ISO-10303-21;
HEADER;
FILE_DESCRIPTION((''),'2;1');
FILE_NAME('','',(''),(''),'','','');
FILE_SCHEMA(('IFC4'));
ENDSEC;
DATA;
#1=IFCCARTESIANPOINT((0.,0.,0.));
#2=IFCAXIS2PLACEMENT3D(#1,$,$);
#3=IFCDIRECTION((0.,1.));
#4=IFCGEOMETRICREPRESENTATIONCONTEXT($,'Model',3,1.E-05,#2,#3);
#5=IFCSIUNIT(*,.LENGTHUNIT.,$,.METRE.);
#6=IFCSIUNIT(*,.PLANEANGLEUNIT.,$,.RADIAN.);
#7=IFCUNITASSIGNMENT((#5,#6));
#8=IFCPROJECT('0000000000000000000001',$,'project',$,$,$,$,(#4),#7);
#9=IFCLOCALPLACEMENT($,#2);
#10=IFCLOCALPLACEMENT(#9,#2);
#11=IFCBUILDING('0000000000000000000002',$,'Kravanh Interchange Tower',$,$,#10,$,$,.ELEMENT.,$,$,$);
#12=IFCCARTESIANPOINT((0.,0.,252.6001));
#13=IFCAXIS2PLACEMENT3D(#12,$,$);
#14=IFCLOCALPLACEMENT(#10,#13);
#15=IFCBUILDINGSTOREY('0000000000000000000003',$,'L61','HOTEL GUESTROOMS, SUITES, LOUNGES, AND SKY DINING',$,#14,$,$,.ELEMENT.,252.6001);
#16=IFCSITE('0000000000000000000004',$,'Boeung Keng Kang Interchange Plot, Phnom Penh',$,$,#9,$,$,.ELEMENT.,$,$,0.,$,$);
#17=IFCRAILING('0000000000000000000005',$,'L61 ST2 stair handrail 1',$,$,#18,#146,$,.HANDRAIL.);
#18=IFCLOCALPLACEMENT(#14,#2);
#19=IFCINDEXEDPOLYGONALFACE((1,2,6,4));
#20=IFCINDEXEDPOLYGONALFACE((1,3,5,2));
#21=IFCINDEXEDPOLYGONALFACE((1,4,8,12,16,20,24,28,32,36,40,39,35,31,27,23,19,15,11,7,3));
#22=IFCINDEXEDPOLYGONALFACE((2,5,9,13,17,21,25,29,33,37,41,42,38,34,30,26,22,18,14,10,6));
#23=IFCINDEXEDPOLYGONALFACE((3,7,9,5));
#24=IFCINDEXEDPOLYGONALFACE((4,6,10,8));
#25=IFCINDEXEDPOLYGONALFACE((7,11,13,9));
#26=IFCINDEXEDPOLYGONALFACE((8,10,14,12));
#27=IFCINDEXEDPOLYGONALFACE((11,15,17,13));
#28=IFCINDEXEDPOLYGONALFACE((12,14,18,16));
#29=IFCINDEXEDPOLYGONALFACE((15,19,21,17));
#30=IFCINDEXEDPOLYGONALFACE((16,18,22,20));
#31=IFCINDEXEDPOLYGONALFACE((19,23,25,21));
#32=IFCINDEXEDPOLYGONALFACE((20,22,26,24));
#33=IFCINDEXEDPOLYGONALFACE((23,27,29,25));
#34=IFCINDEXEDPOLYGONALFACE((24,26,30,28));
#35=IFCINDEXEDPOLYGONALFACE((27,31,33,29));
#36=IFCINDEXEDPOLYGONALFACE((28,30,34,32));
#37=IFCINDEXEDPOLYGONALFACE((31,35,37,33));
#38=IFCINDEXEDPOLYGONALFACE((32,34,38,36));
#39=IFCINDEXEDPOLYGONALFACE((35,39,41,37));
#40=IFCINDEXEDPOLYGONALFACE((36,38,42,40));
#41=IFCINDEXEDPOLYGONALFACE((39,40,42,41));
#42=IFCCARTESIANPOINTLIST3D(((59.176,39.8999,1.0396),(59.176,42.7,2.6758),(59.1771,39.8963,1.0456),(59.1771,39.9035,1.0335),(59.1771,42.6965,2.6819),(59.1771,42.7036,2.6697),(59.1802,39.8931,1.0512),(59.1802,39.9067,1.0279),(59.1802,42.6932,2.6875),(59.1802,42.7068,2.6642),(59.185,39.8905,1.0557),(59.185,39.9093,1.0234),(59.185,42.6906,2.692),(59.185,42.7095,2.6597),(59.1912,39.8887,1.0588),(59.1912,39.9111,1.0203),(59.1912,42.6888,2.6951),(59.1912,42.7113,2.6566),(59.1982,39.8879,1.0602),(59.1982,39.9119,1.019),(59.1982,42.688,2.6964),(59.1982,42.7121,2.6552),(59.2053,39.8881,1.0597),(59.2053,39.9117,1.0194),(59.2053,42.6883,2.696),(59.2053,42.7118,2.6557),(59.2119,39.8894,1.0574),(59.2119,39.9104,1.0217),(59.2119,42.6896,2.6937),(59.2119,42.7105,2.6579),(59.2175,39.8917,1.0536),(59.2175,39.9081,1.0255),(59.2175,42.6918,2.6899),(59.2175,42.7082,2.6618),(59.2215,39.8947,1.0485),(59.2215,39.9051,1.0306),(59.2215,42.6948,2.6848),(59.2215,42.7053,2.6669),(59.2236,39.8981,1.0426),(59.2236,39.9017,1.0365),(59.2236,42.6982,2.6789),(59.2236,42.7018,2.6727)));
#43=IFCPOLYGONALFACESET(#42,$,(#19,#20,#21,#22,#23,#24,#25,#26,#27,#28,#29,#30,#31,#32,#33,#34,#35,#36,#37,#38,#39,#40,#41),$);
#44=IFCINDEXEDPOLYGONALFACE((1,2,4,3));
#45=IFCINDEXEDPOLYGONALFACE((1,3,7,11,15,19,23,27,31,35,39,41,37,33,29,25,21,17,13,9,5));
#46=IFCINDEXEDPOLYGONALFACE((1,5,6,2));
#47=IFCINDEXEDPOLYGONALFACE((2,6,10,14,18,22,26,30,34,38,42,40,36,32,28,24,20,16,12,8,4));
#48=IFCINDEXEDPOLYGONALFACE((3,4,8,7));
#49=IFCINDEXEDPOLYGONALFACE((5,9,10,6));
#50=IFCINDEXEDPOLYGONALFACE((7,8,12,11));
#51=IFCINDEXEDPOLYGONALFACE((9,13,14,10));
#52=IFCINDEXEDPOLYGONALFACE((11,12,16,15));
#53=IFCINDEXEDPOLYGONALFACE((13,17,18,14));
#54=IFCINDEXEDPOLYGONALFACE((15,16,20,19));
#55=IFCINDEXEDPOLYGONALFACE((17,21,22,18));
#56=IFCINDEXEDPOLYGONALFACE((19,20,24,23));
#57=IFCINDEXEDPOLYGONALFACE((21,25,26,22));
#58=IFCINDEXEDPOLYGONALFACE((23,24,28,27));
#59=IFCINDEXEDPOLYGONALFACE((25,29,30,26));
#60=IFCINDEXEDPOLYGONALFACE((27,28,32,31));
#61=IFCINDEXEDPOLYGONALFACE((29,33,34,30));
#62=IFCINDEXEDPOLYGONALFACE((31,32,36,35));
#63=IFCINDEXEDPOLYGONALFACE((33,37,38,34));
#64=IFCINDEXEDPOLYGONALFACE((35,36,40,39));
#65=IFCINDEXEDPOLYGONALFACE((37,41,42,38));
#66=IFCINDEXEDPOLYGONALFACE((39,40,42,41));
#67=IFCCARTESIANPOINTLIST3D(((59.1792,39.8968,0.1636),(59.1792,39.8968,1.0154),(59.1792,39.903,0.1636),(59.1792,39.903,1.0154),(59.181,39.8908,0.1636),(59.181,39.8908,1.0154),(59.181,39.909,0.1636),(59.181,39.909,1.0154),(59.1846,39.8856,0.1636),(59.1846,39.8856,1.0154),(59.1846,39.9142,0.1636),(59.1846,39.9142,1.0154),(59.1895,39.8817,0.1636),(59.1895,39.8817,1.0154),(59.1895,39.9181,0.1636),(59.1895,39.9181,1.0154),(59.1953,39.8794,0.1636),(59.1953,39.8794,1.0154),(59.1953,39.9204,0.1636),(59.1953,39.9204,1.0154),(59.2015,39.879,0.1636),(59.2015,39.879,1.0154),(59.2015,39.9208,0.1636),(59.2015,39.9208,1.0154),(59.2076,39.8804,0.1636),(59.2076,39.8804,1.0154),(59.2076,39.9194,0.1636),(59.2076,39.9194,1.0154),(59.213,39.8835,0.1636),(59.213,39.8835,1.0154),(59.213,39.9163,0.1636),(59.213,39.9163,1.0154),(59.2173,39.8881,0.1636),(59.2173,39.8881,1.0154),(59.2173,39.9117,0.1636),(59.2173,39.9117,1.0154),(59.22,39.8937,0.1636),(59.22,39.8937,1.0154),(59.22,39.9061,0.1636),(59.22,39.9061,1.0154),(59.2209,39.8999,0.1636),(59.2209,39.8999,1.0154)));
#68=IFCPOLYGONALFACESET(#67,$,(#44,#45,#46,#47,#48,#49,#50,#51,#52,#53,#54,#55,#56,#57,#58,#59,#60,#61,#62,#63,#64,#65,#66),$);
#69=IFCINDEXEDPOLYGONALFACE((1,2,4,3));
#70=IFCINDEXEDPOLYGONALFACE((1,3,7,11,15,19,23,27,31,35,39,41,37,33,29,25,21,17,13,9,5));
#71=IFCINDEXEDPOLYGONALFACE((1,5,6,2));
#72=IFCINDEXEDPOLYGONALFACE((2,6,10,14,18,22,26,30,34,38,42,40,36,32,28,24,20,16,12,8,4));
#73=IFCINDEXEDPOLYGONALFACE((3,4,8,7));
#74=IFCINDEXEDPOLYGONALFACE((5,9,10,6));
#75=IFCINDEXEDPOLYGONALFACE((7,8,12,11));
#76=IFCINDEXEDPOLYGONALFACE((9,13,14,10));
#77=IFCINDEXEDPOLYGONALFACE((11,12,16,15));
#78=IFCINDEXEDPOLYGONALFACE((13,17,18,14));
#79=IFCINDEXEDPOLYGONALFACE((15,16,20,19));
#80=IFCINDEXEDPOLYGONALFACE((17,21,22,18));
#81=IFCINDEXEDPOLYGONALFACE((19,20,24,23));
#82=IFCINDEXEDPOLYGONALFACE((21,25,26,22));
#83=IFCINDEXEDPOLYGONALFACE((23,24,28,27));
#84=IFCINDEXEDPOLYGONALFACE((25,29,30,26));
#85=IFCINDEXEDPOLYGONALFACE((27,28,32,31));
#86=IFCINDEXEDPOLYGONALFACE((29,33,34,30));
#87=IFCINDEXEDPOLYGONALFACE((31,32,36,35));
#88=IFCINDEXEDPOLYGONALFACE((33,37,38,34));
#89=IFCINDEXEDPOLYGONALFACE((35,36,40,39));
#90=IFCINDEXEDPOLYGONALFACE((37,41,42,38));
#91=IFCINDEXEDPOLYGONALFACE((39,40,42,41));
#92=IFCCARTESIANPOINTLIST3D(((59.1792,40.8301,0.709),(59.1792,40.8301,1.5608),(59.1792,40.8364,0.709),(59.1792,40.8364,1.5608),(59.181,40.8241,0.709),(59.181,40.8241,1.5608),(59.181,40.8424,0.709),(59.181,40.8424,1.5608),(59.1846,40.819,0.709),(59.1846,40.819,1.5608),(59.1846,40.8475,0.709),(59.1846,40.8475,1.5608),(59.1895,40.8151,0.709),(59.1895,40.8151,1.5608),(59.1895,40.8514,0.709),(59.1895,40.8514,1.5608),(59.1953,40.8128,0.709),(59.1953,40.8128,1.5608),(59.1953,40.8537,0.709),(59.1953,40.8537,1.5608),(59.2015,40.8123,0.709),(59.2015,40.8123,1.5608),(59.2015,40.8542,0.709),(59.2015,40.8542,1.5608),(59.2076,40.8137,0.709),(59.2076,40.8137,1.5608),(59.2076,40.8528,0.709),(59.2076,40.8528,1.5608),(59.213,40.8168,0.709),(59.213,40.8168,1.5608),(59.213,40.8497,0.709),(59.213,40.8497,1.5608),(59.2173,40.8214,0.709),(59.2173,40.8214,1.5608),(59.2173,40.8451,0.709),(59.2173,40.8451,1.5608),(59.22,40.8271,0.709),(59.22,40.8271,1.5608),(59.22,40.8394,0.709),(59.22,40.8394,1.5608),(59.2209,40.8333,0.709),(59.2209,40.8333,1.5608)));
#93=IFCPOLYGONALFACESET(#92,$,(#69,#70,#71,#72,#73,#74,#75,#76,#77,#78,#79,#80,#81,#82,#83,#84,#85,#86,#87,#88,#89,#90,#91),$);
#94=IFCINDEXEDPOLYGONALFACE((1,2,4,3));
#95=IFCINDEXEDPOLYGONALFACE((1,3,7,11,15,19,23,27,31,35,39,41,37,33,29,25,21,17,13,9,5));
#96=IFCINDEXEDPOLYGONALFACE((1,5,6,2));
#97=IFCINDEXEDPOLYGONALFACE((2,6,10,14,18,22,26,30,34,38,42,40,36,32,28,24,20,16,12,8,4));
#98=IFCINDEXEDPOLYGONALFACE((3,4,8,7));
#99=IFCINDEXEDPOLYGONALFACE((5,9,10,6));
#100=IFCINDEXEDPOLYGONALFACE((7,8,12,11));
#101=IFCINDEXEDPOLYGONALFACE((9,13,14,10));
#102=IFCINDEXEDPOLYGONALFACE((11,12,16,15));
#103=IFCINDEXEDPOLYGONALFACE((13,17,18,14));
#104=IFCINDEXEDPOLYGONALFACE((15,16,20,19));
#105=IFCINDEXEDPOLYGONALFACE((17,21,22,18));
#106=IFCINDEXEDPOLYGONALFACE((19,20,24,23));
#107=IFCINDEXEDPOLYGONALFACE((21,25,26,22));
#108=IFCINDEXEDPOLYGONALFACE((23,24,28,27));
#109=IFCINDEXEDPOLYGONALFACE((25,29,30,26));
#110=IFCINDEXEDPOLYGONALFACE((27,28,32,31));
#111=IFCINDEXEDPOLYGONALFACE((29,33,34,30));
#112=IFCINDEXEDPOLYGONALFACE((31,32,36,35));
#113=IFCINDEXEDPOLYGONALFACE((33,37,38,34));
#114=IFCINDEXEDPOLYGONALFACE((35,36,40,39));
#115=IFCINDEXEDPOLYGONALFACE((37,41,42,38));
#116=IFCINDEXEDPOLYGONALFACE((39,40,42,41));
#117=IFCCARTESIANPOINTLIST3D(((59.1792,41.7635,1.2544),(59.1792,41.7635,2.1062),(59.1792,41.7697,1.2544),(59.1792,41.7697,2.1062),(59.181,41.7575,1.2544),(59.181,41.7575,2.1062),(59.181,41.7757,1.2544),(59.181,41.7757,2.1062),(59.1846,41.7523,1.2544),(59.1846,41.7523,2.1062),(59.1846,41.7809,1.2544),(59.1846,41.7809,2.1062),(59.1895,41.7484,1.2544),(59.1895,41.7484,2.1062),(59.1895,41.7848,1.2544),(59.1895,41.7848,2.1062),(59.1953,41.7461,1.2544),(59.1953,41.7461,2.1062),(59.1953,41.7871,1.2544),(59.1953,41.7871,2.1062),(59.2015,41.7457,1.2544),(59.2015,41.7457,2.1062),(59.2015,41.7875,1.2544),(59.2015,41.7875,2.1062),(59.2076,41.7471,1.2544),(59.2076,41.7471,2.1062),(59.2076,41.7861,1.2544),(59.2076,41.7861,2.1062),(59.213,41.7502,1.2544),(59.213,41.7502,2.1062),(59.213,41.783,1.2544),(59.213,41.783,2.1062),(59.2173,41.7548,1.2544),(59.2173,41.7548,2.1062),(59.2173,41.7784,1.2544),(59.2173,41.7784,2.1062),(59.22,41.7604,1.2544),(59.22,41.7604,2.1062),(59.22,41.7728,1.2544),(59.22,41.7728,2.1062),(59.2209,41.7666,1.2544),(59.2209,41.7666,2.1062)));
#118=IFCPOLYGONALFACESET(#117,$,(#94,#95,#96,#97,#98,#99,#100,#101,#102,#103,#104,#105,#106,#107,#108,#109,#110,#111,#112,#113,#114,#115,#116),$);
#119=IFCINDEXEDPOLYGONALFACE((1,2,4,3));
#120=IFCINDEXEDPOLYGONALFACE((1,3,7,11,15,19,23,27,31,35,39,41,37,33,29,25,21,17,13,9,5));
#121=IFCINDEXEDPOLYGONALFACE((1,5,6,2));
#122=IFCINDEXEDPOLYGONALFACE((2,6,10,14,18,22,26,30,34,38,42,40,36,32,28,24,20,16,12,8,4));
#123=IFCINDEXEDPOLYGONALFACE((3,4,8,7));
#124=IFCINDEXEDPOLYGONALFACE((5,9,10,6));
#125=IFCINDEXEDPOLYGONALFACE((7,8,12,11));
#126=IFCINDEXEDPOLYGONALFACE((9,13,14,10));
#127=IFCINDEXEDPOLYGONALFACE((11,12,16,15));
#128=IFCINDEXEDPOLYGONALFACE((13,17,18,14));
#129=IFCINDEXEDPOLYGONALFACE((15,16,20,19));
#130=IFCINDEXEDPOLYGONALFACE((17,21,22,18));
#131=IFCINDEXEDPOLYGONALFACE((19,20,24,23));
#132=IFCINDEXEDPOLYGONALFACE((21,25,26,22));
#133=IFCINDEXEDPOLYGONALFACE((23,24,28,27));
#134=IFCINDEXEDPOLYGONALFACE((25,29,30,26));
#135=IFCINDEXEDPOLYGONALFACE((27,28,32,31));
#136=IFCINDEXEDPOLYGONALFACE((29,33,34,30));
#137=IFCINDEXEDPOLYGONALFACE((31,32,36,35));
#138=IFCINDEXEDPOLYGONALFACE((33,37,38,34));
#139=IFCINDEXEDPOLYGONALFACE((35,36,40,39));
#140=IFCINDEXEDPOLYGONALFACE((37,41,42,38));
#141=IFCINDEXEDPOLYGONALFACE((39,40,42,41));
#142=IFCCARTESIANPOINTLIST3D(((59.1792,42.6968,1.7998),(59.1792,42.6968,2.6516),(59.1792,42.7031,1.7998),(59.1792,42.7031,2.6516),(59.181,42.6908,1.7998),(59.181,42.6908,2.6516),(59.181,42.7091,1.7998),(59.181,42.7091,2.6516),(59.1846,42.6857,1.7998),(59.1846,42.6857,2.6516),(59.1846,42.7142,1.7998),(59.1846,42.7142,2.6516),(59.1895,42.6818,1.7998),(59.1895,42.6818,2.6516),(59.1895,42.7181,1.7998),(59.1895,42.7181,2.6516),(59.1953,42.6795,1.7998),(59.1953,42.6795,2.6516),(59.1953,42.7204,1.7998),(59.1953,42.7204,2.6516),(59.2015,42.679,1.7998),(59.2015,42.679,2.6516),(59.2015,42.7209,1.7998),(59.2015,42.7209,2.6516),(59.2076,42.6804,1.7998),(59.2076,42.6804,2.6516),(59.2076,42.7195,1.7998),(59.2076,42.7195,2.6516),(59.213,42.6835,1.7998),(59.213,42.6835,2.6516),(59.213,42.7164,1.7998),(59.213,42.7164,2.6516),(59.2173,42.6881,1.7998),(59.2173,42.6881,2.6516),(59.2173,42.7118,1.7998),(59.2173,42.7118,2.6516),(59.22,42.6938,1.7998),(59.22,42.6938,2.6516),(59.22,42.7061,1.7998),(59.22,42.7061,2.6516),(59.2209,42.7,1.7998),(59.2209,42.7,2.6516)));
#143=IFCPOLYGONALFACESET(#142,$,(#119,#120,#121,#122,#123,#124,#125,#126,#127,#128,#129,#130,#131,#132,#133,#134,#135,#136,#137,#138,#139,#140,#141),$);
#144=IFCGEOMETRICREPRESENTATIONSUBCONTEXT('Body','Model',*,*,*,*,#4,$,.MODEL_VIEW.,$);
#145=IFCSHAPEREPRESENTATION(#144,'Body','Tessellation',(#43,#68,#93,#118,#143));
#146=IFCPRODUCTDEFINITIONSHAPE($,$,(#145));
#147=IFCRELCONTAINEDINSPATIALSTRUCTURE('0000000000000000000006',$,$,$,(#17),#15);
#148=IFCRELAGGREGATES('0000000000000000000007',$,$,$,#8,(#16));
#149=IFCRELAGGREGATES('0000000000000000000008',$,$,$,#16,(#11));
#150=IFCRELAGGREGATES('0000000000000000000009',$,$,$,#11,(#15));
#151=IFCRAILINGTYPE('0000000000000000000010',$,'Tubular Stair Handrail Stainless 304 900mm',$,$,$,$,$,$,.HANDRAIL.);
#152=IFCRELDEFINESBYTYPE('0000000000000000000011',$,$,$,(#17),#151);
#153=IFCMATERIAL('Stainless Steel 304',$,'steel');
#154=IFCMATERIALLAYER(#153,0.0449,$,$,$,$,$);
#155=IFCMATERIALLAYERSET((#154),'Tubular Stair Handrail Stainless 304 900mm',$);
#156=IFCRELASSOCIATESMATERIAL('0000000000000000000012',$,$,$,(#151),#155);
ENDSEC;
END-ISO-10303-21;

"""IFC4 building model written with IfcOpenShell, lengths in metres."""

from ifc_helpers import new_model, si_unit, direction, frame, origin, origin_2d, place, context, subcontext, project, spatial, circle, extrude, material, layer, layer_set, type_object, element, save


model = new_model("IFC4")

# Units and contexts
model_context = context("Model", 3, precision=1e-05, world=origin(), true_north=direction((0.0, 1.0)))
body_context = subcontext(model_context, "Body", "Model", "MODEL_VIEW")
ifc_project = project(units=[si_unit("LENGTHUNIT", "METRE"), si_unit("PLANEANGLEUNIT", "RADIAN")], contexts=[model_context])

# Site, building, storey
site_placement = place(None, origin())
site = spatial("IfcSite", under=ifc_project, at=site_placement, Name="Boeung Keng Kang Interchange Plot, Phnom Penh", CompositionType="ELEMENT", RefElevation=0.0)
building_placement = place(site_placement, origin())
building = spatial("IfcBuilding", under=site, at=building_placement, Name="Kravanh Interchange Tower", CompositionType="ELEMENT")
storey_placement = place(building_placement, frame((0.0, 0.0, 252.6001)))
storey = spatial("IfcBuildingStorey", under=building, at=storey_placement, Name="L61", Description="HOTEL GUESTROOMS, SUITES, LOUNGES, AND SKY DINING", CompositionType="ELEMENT", Elevation=252.6001)

# Railing
ifc_material_1 = material(Name="Stainless Steel 304", Category="steel")
ifc_layer_1 = layer(ifc_material_1, 0.0449)
ifc_layer_set_1 = layer_set([ifc_layer_1], Name="Tubular Stair Handrail Stainless 304 900mm")
railing_type_1 = type_object("IfcRailingType", Name="Tubular Stair Handrail Stainless 304 900mm", PredefinedType="HANDRAIL", material=ifc_layer_set_1)
railing_1_placement = place(storey_placement, frame((59.2, 39.8999, 0.1636)))
element("IfcRailing", 1, at=railing_1_placement, inside=storey, type_object=railing_type_1, Name="L61 ST2 stair handrail 1", PredefinedType="HANDRAIL", context=body_context, shape_type="SweptSolid", body=[
    extrude(circle(Radius=0.0239, at=origin_2d()), frame((0.0, 0.0, 0.876), z_axis=(0.0, 0.863394, 0.504531), x_axis=(-1.0, 0.0, 0.0)), (0.0, 0.0, 1.0), 3.2432),
    extrude(circle(Radius=0.021, at=origin_2d()), origin(), (0.0, 0.0, 1.0), 0.8518),
    extrude(circle(Radius=0.021, at=origin_2d()), frame((0.0, 0.9333, 0.5454)), (0.0, 0.0, 1.0), 0.8518),
    extrude(circle(Radius=0.021, at=origin_2d()), frame((0.0, 1.8667, 1.0908)), (0.0, 0.0, 1.0), 0.8518),
    extrude(circle(Radius=0.021, at=origin_2d()), frame((0.0, 2.8, 1.6362)), (0.0, 0.0, 1.0), 0.8518),
])

save(model, "model.ifc")
